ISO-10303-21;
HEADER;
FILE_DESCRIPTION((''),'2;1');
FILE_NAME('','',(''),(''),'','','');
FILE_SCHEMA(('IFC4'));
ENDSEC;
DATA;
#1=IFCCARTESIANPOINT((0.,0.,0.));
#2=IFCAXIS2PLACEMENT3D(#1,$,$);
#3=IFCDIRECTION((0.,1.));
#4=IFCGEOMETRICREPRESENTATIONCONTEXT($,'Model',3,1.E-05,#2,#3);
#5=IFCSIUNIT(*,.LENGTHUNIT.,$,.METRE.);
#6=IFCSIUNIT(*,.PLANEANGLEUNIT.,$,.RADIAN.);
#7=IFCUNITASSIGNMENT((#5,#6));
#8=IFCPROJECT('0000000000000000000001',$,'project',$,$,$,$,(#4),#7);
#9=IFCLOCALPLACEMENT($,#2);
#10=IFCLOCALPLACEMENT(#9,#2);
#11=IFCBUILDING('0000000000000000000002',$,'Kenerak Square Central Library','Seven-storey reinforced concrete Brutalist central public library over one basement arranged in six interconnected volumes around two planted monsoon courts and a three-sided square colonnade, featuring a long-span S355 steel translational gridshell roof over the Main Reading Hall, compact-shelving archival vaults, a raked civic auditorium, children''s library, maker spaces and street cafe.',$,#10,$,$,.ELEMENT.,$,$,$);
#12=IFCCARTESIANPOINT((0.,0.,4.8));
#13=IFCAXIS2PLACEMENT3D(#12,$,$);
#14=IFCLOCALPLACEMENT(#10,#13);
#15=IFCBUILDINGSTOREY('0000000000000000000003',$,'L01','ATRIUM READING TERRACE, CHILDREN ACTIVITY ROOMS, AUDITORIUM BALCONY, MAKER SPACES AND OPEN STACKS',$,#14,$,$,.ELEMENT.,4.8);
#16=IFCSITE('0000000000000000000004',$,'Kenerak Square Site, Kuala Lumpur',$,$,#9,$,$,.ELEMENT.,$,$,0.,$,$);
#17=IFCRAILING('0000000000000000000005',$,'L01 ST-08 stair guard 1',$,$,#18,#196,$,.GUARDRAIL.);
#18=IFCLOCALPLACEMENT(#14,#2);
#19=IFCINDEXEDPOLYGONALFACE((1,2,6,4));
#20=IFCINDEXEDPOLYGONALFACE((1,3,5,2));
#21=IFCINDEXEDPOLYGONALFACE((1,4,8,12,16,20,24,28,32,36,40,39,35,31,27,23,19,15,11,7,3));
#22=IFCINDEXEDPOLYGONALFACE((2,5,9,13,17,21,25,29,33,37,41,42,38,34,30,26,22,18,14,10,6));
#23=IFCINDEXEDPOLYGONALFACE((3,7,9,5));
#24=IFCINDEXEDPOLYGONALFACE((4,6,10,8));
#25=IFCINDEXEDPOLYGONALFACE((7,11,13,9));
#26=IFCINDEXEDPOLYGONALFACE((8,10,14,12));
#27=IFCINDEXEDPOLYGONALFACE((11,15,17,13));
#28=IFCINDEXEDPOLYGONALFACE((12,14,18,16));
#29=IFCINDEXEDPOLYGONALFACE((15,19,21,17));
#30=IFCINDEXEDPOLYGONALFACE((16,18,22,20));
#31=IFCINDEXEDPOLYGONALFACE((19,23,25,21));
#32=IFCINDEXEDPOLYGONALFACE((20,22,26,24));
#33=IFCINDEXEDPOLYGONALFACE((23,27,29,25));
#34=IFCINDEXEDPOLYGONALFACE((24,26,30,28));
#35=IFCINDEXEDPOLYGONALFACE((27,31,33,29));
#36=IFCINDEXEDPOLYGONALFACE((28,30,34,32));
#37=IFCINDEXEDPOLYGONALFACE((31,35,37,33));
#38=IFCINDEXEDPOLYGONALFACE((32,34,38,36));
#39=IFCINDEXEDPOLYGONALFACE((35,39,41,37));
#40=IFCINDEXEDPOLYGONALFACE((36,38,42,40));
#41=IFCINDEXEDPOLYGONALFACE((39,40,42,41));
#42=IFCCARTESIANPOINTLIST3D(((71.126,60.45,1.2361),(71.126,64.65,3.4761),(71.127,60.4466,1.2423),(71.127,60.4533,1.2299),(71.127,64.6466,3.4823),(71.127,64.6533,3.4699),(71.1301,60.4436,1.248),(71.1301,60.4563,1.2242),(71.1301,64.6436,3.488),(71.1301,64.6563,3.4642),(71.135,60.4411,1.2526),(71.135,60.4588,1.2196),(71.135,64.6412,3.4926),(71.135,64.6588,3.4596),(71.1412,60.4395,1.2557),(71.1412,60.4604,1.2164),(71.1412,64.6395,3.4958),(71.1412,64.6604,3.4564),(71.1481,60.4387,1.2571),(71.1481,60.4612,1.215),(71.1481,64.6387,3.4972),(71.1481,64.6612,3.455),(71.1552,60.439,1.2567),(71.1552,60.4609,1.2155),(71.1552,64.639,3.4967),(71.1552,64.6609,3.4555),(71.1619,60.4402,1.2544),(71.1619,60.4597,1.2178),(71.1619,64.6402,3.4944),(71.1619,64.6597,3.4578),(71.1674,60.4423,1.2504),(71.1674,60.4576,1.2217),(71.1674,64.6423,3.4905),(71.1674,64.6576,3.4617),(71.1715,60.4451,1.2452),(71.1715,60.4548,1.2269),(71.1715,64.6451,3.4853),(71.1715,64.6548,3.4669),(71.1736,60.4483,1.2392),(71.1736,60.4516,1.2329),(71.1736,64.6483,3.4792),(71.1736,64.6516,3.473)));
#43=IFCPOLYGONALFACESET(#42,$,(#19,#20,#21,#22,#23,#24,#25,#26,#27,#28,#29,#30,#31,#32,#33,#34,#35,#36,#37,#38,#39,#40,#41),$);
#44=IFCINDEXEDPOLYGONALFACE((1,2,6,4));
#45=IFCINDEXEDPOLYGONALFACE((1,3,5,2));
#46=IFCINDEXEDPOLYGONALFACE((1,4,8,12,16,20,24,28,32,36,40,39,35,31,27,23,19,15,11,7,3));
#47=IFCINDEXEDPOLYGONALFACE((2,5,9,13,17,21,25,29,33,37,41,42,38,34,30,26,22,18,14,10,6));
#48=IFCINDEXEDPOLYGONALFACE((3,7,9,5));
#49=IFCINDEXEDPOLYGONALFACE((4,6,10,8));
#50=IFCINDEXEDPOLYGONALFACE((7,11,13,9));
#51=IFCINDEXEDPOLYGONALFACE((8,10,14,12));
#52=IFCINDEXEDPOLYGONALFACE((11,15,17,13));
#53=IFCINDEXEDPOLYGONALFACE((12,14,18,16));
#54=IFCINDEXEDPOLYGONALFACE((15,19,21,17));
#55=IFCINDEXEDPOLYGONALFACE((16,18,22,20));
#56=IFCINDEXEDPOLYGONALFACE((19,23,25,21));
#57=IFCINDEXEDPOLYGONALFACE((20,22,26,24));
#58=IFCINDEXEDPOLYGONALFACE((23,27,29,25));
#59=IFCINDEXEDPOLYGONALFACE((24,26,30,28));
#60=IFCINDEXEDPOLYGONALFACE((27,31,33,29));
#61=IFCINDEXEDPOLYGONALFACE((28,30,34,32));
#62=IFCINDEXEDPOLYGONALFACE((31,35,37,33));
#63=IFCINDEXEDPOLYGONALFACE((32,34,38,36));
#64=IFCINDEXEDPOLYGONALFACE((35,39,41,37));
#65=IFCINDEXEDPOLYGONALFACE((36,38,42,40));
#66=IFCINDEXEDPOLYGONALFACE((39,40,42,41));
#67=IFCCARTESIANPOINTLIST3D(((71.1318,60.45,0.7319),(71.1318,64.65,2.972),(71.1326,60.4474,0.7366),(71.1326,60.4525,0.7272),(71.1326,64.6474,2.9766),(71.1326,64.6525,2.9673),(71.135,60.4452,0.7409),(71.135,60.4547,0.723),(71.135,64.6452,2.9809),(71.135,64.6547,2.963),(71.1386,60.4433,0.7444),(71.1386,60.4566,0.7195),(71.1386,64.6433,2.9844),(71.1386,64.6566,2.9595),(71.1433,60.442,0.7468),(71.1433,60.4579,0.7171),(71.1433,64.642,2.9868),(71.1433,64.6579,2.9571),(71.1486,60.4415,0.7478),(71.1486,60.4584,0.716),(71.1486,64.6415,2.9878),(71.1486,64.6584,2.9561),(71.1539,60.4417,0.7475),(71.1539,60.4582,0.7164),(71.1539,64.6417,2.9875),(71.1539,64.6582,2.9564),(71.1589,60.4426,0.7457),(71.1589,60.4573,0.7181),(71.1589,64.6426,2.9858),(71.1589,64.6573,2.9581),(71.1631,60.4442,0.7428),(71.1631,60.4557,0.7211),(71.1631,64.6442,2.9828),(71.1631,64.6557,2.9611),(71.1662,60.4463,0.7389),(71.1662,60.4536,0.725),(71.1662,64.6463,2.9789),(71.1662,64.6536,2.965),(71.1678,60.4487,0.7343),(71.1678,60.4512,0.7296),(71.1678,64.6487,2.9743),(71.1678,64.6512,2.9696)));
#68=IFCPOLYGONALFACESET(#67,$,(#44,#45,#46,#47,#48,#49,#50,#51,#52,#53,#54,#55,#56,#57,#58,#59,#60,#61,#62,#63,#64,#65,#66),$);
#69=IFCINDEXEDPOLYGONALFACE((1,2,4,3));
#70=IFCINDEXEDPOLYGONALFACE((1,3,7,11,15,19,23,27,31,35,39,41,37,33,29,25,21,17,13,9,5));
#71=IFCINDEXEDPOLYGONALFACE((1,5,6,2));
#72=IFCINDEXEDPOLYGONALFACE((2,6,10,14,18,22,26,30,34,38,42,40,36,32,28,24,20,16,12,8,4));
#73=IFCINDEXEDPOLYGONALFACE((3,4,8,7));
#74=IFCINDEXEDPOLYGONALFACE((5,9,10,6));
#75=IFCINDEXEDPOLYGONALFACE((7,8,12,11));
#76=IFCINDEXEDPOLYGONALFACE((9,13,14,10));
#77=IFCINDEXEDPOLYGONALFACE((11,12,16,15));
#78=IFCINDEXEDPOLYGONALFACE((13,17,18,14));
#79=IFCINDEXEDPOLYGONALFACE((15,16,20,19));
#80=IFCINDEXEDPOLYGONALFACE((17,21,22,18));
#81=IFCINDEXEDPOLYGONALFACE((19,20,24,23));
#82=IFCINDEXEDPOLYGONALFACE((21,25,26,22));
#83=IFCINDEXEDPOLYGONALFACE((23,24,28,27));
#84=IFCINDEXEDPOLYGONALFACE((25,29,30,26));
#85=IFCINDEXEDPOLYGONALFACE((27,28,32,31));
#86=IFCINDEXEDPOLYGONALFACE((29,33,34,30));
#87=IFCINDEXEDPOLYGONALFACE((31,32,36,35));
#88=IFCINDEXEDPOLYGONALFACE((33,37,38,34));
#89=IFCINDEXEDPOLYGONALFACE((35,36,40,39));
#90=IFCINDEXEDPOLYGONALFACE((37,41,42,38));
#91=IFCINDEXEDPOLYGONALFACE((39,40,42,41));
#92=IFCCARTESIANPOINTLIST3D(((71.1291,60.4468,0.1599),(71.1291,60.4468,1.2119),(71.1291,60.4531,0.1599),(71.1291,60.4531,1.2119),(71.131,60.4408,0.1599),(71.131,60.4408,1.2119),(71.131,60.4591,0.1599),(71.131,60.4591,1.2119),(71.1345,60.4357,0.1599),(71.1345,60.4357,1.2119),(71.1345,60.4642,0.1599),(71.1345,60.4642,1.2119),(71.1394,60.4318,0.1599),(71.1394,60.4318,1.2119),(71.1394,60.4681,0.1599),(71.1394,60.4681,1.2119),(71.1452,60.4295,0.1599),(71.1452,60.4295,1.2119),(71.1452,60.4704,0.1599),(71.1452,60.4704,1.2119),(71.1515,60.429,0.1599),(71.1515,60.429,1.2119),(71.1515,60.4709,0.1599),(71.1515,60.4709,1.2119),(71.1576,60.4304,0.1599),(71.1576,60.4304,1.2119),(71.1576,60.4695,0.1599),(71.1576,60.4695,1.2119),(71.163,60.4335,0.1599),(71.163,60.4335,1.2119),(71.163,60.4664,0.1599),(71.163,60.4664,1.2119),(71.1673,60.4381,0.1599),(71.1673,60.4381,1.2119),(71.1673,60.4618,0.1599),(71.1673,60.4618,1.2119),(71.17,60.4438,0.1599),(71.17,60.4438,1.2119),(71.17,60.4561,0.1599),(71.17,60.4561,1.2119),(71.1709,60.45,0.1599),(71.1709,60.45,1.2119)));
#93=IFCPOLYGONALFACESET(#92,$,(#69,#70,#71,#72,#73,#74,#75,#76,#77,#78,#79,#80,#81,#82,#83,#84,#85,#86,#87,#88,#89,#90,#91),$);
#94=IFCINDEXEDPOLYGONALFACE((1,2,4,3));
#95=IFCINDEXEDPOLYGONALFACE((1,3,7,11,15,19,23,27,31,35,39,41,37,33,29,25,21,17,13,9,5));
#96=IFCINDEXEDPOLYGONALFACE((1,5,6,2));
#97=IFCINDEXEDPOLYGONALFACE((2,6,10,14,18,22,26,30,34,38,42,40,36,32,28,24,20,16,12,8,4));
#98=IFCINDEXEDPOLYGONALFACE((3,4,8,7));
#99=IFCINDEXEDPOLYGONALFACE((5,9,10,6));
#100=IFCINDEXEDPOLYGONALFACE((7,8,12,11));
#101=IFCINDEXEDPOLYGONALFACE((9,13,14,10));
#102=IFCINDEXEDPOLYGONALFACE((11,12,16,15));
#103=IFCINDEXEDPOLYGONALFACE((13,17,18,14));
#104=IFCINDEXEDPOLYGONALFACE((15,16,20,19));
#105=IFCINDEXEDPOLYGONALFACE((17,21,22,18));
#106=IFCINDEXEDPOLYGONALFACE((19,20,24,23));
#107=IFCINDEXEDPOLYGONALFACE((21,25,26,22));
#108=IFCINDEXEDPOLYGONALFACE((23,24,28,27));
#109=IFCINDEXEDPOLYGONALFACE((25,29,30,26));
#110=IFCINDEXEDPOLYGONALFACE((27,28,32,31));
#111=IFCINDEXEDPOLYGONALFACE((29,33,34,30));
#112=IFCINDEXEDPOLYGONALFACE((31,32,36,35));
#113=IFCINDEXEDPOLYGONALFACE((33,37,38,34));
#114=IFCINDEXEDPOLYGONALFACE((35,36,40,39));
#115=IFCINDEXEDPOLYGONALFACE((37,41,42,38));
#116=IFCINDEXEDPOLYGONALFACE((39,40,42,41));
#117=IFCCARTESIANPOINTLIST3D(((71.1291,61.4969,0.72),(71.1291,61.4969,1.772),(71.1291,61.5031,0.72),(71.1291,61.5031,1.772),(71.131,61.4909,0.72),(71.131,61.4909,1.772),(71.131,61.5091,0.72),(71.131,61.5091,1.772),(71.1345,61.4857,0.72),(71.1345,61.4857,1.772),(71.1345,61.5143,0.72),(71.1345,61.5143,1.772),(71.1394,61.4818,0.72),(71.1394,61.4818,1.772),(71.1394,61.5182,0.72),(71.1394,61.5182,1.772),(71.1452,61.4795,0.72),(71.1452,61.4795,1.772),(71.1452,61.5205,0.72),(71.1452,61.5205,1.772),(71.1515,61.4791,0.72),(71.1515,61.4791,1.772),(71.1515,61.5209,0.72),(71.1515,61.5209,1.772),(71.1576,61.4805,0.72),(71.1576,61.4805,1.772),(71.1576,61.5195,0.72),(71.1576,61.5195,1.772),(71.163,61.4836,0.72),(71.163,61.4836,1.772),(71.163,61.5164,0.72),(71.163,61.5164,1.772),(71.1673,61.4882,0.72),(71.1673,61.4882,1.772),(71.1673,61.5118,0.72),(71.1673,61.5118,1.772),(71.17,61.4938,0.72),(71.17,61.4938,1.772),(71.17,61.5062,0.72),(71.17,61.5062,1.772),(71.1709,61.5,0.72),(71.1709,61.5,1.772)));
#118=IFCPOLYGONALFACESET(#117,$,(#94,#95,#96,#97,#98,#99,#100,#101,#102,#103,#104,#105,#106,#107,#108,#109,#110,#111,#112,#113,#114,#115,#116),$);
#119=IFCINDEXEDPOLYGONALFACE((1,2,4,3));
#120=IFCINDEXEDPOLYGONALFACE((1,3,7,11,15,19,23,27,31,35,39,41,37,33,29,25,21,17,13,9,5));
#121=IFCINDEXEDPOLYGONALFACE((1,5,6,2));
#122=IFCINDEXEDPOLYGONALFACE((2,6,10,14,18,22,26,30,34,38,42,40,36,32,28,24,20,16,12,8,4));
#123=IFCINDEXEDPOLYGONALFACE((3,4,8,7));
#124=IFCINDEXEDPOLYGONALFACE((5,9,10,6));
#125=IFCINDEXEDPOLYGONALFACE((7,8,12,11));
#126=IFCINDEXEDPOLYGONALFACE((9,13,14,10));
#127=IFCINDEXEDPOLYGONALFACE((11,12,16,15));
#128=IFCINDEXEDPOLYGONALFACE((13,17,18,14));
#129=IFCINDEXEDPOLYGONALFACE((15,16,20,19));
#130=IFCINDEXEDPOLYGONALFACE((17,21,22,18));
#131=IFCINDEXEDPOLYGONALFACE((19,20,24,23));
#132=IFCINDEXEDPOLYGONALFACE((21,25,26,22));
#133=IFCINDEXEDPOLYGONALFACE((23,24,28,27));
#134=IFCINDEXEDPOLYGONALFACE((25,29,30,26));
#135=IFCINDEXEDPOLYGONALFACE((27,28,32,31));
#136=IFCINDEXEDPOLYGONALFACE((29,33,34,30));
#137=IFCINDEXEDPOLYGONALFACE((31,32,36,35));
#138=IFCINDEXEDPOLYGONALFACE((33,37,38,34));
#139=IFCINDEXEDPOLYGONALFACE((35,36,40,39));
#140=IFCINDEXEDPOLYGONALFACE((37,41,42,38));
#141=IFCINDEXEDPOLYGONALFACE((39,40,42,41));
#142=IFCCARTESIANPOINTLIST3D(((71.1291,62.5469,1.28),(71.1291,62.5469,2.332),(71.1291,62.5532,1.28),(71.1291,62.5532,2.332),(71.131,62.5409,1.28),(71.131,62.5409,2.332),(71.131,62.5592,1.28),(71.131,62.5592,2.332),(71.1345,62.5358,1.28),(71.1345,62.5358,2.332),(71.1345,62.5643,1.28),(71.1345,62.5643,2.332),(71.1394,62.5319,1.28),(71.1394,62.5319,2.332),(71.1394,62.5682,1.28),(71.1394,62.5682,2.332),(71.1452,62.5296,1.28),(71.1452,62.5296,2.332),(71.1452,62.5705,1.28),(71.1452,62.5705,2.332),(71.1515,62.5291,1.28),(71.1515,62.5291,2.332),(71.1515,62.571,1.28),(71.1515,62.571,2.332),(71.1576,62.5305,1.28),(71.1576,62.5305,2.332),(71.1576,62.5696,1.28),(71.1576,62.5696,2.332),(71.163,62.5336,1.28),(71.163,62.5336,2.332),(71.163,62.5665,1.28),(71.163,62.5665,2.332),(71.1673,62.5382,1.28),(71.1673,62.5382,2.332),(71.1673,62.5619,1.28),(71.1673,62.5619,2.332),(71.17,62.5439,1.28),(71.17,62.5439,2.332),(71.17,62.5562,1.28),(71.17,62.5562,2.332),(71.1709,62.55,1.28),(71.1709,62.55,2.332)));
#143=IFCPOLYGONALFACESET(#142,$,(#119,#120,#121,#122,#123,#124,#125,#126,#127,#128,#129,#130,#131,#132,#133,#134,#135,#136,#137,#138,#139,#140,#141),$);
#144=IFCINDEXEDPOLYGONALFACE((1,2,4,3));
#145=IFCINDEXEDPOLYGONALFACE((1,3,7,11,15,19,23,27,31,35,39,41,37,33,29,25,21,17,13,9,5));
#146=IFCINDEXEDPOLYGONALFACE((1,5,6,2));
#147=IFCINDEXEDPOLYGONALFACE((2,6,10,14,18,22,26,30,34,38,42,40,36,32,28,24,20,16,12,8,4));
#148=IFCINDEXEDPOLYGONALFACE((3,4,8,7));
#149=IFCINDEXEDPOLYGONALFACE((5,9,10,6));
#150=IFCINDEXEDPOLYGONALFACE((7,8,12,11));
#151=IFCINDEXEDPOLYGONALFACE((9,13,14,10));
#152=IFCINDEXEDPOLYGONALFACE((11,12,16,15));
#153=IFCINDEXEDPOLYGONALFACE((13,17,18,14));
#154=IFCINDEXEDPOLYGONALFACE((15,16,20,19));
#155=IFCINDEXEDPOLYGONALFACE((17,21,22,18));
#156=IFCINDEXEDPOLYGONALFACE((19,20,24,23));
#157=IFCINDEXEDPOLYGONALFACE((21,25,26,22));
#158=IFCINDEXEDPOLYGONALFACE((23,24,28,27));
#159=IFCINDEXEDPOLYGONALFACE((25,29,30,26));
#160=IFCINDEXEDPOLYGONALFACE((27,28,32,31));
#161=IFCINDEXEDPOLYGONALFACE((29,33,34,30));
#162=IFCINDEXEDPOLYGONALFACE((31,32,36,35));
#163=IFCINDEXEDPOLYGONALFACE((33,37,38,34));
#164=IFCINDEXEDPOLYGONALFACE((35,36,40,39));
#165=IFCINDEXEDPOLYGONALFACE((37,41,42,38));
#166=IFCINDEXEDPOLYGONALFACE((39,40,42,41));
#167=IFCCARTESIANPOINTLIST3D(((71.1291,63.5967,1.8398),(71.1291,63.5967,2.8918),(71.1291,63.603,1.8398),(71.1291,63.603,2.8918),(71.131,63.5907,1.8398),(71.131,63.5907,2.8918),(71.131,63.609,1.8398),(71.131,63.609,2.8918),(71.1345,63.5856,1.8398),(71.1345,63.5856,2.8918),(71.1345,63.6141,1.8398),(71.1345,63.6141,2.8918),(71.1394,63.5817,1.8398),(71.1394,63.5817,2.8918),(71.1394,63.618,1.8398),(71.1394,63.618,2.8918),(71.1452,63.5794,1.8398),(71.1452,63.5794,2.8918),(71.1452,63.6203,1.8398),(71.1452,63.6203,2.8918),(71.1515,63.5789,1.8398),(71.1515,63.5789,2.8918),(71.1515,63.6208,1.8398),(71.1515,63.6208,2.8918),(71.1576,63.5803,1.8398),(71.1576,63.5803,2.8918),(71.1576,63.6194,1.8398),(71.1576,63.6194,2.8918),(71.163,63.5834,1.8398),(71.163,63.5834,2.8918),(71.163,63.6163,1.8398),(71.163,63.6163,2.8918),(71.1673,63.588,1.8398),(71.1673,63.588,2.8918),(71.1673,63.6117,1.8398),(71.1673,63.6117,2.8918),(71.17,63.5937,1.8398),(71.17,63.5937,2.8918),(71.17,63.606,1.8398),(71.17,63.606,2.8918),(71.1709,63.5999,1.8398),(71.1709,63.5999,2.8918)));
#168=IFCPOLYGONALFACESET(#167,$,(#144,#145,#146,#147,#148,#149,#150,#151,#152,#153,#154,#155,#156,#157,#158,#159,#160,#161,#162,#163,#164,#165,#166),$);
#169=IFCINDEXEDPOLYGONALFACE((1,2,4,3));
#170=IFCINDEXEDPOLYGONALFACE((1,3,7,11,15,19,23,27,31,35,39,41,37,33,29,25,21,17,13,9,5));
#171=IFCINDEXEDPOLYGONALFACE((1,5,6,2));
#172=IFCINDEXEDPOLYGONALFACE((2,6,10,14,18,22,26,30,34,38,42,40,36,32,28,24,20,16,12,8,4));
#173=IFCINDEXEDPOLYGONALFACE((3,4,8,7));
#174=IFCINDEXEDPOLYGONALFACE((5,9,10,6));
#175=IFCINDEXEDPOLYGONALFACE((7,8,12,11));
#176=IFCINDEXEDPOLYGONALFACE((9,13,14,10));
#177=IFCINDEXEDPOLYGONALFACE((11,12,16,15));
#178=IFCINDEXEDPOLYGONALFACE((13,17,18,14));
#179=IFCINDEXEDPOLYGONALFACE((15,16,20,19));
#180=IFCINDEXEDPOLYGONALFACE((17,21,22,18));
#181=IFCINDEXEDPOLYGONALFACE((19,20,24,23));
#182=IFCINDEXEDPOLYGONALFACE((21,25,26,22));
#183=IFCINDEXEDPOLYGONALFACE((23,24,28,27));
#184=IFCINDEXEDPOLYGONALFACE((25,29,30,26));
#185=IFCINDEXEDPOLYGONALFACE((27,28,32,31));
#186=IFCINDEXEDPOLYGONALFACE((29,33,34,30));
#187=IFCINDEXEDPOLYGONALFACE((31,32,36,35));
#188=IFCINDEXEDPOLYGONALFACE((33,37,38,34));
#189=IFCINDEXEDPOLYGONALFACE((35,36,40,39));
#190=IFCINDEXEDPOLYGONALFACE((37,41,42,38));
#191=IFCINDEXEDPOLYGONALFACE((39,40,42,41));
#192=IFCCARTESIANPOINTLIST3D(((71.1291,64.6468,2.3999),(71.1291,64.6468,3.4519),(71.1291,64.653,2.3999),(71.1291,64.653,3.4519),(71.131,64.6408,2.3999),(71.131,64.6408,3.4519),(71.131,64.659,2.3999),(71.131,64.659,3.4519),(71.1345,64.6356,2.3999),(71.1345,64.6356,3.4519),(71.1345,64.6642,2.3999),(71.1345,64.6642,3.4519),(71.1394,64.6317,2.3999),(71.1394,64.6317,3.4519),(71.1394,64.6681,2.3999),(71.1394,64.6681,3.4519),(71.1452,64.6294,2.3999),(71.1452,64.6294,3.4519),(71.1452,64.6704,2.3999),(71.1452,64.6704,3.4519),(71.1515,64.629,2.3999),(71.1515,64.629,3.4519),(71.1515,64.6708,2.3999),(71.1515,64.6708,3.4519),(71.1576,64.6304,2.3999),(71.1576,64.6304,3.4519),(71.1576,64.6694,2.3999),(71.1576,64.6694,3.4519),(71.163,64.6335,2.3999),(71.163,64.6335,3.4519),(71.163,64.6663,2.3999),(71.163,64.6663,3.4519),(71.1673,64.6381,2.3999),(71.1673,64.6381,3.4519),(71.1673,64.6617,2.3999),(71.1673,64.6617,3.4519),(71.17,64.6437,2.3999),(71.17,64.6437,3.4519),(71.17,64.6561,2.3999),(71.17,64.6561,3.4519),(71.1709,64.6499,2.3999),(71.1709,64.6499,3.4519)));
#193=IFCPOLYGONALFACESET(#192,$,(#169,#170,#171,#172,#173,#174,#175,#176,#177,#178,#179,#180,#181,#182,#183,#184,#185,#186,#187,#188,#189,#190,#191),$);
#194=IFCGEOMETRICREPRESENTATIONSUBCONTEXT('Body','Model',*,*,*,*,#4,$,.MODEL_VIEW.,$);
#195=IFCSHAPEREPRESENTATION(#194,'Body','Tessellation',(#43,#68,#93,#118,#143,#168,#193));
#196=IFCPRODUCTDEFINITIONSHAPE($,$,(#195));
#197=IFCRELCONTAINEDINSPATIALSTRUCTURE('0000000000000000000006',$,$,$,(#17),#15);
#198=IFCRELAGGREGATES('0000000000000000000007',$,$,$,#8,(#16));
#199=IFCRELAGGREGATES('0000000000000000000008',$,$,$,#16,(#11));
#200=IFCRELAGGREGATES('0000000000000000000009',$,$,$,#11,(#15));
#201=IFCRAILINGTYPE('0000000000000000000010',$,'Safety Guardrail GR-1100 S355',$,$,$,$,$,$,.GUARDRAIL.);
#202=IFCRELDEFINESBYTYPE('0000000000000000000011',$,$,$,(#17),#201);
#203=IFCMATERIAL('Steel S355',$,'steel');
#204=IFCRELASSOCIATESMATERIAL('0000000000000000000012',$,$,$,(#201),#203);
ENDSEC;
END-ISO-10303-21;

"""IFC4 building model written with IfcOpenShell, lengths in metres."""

from ifc_helpers import new_model, si_unit, direction, frame, origin, origin_2d, place, context, subcontext, project, spatial, circle, extrude, material, type_object, element, save


model = new_model("IFC4")

# Units and contexts
model_context = context("Model", 3, precision=1e-05, world=origin(), true_north=direction((0.0, 1.0)))
body_context = subcontext(model_context, "Body", "Model", "MODEL_VIEW")
ifc_project = project(units=[si_unit("LENGTHUNIT", "METRE"), si_unit("PLANEANGLEUNIT", "RADIAN")], contexts=[model_context])

# Site, building, storey
site_placement = place(None, origin())
site = spatial("IfcSite", under=ifc_project, at=site_placement, Name="Kenerak Square Site, Kuala Lumpur", CompositionType="ELEMENT", RefElevation=0.0)
building_placement = place(site_placement, origin())
building = spatial("IfcBuilding", under=site, at=building_placement, Name="Kenerak Square Central Library", Description="Seven-storey reinforced concrete Brutalist central public library over one basement arranged in six interconnected volumes around two planted monsoon courts and a three-sided square colonnade, featuring a long-span S355 steel translational gridshell roof over the Main Reading Hall, compact-shelving archival vaults, a raked civic auditorium, children's library, maker spaces and street cafe.", CompositionType="ELEMENT")
storey_placement = place(building_placement, frame((0.0, 0.0, 4.8)))
storey = spatial("IfcBuildingStorey", under=building, at=storey_placement, Name="L01", Description="ATRIUM READING TERRACE, CHILDREN ACTIVITY ROOMS, AUDITORIUM BALCONY, MAKER SPACES AND OPEN STACKS", CompositionType="ELEMENT", Elevation=4.8)

# Shared definitions
ifc_material_1 = material(Name="Steel S355", Category="steel")

# Railing
railing_type_1 = type_object("IfcRailingType", Name="Safety Guardrail GR-1100 S355", PredefinedType="GUARDRAIL", material=ifc_material_1)
railing_1_placement = place(storey_placement, frame((71.1499, 60.45, 0.1599)))
element("IfcRailing", 1, at=railing_1_placement, inside=storey, type_object=railing_type_1, Name="L01 ST-08 stair guard 1", PredefinedType="GUARDRAIL", context=body_context, shape_type="SweptSolid", body=[
    extrude(circle(Radius=0.0239, at=origin_2d()), frame((0.0, 0.0, 1.0762), z_axis=(0.0, 0.882352, 0.470591), x_axis=(-1.0, 0.0, 0.0)), (0.0, 0.0, 1.0), 4.76),
    extrude(circle(Radius=0.0181, at=origin_2d()), frame((0.0, 0.0, 0.572), z_axis=(0.0, 0.882352, 0.470591), x_axis=(-1.0, 0.0, 0.0)), (0.0, 0.0, 1.0), 4.76),
    extrude(circle(Radius=0.021, at=origin_2d()), origin(), (0.0, 0.0, 1.0), 1.052),
    extrude(circle(Radius=0.021, at=origin_2d()), frame((0.0, 1.05, 0.5601)), (0.0, 0.0, 1.0), 1.052),
    extrude(circle(Radius=0.021, at=origin_2d()), frame((0.0, 2.1001, 1.1201)), (0.0, 0.0, 1.0), 1.052),
    extrude(circle(Radius=0.021, at=origin_2d()), frame((0.0, 3.1499, 1.6799)), (0.0, 0.0, 1.0), 1.052),
    extrude(circle(Radius=0.021, at=origin_2d()), frame((0.0, 4.2, 2.24)), (0.0, 0.0, 1.0), 1.052),
])

save(model, "model.ifc")
